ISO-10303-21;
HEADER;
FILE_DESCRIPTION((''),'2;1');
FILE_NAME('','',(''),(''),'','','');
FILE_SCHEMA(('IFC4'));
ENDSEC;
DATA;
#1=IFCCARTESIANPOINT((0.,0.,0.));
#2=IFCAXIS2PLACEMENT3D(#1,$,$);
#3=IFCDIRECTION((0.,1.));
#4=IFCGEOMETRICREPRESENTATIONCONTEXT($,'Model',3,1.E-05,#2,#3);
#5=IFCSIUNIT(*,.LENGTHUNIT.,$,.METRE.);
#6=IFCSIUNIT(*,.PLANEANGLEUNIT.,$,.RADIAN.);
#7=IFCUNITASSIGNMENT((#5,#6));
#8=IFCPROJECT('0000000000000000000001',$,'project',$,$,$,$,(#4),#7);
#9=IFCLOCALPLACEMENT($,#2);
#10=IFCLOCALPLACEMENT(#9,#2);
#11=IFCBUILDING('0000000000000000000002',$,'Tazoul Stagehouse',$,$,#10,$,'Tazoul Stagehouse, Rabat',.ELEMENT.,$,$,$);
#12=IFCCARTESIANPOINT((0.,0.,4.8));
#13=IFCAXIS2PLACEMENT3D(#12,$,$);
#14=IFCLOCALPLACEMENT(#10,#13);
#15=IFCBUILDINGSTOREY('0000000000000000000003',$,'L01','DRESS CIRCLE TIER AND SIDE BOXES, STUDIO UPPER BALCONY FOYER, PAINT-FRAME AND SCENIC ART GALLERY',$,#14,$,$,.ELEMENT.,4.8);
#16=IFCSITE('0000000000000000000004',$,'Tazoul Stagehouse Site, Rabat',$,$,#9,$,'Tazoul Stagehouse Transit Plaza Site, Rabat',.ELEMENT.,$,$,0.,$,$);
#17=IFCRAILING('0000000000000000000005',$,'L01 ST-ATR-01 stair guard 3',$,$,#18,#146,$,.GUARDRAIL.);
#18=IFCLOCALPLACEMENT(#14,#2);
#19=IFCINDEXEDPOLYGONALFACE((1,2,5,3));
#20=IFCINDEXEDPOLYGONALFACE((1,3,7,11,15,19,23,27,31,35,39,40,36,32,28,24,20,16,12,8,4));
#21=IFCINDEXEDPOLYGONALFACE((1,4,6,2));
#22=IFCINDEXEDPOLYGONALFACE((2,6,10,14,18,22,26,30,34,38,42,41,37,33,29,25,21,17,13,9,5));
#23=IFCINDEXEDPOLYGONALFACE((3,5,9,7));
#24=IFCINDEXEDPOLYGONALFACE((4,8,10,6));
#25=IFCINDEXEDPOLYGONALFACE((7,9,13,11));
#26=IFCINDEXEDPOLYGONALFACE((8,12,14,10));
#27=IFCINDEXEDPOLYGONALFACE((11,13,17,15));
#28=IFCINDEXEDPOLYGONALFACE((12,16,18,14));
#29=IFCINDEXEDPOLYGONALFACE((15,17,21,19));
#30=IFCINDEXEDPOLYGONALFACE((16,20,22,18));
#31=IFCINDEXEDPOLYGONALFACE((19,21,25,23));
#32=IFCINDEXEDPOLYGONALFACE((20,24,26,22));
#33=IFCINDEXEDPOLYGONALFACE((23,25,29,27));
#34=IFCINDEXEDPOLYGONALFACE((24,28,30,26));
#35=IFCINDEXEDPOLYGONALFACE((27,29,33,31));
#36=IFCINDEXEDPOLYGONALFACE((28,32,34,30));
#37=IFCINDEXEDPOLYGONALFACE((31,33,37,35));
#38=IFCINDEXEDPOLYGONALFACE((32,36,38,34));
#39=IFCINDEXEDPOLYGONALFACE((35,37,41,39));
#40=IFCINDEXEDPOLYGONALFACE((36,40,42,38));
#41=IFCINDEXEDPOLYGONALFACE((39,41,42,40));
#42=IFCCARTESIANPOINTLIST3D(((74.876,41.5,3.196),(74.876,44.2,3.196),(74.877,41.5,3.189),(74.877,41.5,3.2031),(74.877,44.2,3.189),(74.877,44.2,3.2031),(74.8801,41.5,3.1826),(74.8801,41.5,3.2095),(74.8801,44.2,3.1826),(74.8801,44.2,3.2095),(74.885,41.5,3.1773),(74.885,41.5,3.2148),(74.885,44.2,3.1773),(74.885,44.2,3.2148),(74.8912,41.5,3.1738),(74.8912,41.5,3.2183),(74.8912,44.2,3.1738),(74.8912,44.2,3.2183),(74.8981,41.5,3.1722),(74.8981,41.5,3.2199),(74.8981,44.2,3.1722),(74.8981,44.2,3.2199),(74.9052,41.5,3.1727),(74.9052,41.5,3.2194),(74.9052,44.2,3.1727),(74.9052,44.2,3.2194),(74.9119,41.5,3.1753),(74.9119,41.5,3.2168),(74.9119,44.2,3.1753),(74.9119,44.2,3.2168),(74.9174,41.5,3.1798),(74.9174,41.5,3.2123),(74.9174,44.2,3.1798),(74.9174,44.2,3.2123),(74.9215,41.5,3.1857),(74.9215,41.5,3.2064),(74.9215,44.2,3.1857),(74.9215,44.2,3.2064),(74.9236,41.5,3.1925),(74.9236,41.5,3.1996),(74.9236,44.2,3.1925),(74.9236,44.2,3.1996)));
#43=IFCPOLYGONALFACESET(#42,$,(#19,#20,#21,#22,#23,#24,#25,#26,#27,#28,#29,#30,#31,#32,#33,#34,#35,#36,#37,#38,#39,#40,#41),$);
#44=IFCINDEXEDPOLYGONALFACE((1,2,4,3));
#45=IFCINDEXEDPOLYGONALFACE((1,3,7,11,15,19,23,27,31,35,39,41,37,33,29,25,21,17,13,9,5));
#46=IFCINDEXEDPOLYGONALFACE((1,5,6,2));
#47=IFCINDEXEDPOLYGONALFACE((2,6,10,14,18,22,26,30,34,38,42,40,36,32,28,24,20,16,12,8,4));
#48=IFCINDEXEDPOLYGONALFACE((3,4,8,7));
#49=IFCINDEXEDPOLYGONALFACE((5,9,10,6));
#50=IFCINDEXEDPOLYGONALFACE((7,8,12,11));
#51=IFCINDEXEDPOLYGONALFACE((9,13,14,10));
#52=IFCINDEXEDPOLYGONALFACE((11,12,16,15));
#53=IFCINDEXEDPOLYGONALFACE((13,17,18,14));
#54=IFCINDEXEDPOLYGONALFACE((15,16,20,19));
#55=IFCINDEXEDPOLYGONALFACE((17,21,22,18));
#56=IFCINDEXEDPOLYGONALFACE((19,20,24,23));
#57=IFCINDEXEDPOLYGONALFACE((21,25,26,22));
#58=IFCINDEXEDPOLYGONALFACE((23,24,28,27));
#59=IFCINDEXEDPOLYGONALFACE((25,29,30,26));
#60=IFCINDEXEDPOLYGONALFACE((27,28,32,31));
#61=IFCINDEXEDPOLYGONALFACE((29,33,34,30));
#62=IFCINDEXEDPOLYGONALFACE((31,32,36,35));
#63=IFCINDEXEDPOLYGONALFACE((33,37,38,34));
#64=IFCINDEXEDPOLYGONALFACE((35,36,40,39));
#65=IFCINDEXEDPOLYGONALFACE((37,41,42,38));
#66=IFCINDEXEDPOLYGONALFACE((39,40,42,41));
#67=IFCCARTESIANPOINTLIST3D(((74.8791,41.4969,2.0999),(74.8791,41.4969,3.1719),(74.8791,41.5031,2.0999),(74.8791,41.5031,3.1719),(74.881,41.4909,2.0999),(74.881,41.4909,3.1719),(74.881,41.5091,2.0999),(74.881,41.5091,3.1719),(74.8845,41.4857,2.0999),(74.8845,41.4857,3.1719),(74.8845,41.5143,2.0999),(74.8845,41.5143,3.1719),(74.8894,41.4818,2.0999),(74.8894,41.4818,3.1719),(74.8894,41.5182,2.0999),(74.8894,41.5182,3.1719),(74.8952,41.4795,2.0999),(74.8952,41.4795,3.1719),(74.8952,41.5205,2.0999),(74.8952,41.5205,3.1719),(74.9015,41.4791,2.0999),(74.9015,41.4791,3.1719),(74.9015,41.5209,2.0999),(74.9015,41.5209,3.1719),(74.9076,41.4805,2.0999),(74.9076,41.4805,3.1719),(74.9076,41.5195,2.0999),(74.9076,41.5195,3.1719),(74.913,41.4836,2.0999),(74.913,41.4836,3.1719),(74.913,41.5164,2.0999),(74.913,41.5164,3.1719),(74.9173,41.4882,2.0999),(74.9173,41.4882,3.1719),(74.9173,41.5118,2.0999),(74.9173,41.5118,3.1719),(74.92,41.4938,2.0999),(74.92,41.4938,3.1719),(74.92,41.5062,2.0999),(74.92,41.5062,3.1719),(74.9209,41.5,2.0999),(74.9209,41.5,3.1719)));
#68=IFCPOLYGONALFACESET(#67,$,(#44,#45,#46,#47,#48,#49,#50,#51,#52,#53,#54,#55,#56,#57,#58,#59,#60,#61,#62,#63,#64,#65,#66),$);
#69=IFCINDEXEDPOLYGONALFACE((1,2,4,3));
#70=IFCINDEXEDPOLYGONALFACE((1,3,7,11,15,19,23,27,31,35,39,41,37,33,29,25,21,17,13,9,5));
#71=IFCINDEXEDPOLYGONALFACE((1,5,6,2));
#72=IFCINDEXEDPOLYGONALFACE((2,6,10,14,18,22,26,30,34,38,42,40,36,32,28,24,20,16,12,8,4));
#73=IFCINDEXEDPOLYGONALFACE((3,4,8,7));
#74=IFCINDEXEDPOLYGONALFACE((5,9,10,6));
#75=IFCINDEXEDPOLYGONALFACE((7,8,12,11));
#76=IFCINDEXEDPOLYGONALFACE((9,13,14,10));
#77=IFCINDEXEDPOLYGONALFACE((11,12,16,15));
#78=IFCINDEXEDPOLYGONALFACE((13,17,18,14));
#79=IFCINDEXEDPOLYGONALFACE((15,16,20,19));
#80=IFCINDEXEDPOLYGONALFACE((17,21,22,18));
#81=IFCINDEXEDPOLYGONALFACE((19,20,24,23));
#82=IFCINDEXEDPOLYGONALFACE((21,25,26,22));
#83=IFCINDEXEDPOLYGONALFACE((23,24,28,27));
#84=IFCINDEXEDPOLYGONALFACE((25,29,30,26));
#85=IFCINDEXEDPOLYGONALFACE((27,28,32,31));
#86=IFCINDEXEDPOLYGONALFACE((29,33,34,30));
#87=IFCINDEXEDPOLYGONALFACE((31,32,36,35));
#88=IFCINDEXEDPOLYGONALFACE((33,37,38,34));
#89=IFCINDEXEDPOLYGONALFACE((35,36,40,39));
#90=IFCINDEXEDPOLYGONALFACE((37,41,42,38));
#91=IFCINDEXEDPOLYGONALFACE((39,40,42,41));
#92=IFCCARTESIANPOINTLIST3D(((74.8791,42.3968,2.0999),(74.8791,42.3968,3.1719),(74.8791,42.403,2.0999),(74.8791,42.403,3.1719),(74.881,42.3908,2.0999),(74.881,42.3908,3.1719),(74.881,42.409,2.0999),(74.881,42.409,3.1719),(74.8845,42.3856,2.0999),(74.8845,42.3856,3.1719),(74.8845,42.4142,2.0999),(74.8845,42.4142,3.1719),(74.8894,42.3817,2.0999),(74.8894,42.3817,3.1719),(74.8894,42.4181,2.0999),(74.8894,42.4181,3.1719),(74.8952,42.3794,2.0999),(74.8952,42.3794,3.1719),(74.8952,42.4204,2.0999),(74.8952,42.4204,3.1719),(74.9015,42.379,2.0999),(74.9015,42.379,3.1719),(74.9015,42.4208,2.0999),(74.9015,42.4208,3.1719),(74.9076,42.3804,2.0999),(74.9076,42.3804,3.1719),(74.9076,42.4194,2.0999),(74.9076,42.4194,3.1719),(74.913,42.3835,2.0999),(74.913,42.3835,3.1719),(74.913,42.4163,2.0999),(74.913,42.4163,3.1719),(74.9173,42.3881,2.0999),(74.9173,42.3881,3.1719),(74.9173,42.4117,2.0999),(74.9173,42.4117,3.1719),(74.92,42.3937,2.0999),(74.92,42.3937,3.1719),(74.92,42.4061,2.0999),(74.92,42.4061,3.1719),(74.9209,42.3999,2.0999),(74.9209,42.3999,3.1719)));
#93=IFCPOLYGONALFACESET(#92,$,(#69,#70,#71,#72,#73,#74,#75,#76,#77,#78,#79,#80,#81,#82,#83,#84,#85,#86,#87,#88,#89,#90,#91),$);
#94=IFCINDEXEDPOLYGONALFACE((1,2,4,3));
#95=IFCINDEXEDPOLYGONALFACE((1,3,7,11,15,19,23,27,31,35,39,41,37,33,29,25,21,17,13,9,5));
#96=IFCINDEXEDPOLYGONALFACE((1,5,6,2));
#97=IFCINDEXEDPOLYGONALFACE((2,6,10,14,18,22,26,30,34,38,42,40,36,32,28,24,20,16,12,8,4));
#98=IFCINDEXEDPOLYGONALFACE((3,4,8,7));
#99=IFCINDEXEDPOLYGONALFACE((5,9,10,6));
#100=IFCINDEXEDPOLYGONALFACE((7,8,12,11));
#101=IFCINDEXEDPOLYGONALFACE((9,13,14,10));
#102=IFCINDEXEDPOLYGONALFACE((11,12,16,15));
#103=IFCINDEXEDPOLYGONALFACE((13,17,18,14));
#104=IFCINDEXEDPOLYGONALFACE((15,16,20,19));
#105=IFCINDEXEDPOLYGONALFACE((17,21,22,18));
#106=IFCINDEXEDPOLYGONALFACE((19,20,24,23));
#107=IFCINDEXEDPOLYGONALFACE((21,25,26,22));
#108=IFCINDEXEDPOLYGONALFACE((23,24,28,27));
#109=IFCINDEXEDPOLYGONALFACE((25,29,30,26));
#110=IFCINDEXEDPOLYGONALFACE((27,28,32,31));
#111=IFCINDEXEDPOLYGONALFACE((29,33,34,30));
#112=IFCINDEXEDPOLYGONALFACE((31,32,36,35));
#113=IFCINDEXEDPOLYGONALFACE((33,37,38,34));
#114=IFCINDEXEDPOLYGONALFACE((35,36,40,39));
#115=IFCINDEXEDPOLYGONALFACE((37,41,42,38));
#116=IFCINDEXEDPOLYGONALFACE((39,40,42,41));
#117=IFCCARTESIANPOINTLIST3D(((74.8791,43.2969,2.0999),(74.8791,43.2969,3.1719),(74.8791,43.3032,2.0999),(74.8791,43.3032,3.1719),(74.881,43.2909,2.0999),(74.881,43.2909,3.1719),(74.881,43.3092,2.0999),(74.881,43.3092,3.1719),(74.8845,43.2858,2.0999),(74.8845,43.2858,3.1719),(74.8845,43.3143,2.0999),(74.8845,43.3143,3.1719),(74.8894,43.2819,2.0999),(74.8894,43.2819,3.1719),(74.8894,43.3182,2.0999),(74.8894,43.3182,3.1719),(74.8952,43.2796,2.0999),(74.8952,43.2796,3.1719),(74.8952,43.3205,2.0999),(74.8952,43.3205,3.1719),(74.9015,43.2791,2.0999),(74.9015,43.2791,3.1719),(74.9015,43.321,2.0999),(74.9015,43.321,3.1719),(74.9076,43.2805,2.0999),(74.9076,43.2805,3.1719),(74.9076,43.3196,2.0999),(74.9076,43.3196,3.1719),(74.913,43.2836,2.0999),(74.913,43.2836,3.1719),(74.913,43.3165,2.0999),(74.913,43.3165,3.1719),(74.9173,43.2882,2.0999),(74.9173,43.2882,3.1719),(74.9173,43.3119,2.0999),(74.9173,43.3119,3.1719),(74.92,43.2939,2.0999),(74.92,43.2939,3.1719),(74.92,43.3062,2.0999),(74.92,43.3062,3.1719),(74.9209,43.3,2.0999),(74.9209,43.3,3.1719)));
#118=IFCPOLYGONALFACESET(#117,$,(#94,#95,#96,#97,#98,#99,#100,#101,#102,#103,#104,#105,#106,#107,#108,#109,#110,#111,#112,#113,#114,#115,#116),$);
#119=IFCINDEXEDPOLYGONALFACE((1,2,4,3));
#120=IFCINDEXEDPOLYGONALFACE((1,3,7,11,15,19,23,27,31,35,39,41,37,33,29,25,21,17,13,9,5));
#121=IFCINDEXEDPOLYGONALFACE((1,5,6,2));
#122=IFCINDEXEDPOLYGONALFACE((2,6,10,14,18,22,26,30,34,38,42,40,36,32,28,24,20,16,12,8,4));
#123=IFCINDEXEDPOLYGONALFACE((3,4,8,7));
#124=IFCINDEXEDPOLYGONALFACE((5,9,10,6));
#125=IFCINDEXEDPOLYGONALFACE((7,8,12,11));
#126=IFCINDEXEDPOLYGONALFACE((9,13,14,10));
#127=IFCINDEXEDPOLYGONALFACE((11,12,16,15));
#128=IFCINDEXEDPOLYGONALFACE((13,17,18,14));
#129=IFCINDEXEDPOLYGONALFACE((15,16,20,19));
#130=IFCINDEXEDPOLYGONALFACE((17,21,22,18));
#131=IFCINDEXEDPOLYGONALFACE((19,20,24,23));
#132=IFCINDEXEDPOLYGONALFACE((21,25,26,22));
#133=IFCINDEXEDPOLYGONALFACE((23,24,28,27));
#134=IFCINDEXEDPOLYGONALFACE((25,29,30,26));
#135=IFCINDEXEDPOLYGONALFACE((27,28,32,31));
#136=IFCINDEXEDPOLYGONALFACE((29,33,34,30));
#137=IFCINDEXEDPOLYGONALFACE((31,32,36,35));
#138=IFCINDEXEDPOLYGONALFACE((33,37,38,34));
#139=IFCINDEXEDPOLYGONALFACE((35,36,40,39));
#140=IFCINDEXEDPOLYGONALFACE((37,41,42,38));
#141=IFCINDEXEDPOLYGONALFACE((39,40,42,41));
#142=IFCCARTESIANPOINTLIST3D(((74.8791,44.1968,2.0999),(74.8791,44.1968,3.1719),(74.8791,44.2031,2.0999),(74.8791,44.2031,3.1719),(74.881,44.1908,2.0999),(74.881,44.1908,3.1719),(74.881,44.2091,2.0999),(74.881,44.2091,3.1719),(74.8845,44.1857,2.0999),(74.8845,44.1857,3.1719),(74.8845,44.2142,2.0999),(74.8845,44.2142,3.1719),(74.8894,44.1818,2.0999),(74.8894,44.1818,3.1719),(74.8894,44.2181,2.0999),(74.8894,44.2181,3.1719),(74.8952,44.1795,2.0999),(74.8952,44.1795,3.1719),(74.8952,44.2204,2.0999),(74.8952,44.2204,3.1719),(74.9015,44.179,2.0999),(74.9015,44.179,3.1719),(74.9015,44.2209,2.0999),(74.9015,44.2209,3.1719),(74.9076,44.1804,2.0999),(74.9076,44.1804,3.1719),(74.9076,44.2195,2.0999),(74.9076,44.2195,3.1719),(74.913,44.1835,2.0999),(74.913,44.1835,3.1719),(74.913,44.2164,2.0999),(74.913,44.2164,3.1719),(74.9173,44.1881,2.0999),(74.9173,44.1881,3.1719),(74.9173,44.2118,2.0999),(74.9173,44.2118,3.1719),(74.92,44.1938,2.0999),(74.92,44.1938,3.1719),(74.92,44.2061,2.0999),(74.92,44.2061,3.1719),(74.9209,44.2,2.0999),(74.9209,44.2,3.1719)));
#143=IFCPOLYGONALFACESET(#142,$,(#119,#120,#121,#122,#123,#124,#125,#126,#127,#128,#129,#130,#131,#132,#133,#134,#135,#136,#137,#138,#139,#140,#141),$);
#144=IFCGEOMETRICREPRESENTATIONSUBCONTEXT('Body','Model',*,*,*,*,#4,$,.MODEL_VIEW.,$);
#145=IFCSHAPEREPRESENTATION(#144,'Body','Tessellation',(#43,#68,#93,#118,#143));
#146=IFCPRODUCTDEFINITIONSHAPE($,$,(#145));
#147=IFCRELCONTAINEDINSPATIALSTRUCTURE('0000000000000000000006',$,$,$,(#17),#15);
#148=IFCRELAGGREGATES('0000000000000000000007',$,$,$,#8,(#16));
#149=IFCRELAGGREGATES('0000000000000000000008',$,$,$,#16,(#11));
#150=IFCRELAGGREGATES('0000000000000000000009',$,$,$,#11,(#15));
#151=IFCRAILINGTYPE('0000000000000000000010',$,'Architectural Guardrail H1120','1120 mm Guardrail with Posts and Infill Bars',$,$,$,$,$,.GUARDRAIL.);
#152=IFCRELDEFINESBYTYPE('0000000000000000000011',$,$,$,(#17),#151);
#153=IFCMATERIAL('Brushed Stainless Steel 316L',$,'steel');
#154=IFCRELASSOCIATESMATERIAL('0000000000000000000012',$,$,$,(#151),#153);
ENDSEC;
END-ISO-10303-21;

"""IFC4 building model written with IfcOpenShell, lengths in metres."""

from ifc_helpers import new_model, si_unit, direction, frame, origin, origin_2d, place, context, subcontext, project, spatial, circle, extrude, material, material_profile, profile_set, type_object, element, save


model = new_model("IFC4")

# Units and contexts
model_context = context("Model", 3, precision=1e-05, world=origin(), true_north=direction((0.0, 1.0)))
body_context = subcontext(model_context, "Body", "Model", "MODEL_VIEW")
ifc_project = project(units=[si_unit("LENGTHUNIT", "METRE"), si_unit("PLANEANGLEUNIT", "RADIAN")], contexts=[model_context])

# Site, building, storey
site_placement = place(None, origin())
site = spatial("IfcSite", under=ifc_project, at=site_placement, Name="Tazoul Stagehouse Site, Rabat", LongName="Tazoul Stagehouse Transit Plaza Site, Rabat", CompositionType="ELEMENT", RefElevation=0.0)
building_placement = place(site_placement, origin())
building = spatial("IfcBuilding", under=site, at=building_placement, Name="Tazoul Stagehouse", LongName="Tazoul Stagehouse, Rabat", CompositionType="ELEMENT")
storey_placement = place(building_placement, frame((0.0, 0.0, 4.8)))
storey = spatial("IfcBuildingStorey", under=building, at=storey_placement, Name="L01", Description="DRESS CIRCLE TIER AND SIDE BOXES, STUDIO UPPER BALCONY FOYER, PAINT-FRAME AND SCENIC ART GALLERY", CompositionType="ELEMENT", Elevation=4.8)

# Railing
ifc_material_1 = material(Name="Brushed Stainless Steel 316L", Category="steel")
ifc_material_profile_1 = material_profile(ifc_material_1, circle(Radius=0.0239, at=origin_2d()), Name="SS RAIL D48")
ifc_profile_set_1 = profile_set([ifc_material_profile_1], Name="Brushed Stainless Steel 316L")
railing_type_1 = type_object("IfcRailingType", Name="Architectural Guardrail H1120", Description="1120 mm Guardrail with Posts and Infill Bars", PredefinedType="GUARDRAIL", material=ifc_profile_set_1)
for number, where, name in (
    (1, (74.8999, 41.5, 2.0999), "L01 ST-ATR-01 stair guard 3"),
):
    element("IfcRailing", number, at=place(storey_placement, frame(where)), inside=storey, type_object=railing_type_1, Name=name, PredefinedType="GUARDRAIL", context=body_context, shape_type="SweptSolid", body=[
        extrude(circle(Radius=0.0239, at=origin_2d()), frame((0.0, 0.0, 1.0962), z_axis=(0.0, 1.0, 0.0), x_axis=(-1.0, 0.0, 0.0)), (0.0, 0.0, 1.0), 2.7),
        extrude(circle(Radius=0.021, at=origin_2d()), origin(), (0.0, 0.0, 1.0), 1.072),
        extrude(circle(Radius=0.021, at=origin_2d()), frame((0.0, 0.8999, 0.0)), (0.0, 0.0, 1.0), 1.072),
        extrude(circle(Radius=0.021, at=origin_2d()), frame((0.0, 1.8, 0.0)), (0.0, 0.0, 1.0), 1.072),
        extrude(circle(Radius=0.021, at=origin_2d()), frame((0.0, 2.7, 0.0)), (0.0, 0.0, 1.0), 1.072),
    ])

save(model, "model.ifc")
